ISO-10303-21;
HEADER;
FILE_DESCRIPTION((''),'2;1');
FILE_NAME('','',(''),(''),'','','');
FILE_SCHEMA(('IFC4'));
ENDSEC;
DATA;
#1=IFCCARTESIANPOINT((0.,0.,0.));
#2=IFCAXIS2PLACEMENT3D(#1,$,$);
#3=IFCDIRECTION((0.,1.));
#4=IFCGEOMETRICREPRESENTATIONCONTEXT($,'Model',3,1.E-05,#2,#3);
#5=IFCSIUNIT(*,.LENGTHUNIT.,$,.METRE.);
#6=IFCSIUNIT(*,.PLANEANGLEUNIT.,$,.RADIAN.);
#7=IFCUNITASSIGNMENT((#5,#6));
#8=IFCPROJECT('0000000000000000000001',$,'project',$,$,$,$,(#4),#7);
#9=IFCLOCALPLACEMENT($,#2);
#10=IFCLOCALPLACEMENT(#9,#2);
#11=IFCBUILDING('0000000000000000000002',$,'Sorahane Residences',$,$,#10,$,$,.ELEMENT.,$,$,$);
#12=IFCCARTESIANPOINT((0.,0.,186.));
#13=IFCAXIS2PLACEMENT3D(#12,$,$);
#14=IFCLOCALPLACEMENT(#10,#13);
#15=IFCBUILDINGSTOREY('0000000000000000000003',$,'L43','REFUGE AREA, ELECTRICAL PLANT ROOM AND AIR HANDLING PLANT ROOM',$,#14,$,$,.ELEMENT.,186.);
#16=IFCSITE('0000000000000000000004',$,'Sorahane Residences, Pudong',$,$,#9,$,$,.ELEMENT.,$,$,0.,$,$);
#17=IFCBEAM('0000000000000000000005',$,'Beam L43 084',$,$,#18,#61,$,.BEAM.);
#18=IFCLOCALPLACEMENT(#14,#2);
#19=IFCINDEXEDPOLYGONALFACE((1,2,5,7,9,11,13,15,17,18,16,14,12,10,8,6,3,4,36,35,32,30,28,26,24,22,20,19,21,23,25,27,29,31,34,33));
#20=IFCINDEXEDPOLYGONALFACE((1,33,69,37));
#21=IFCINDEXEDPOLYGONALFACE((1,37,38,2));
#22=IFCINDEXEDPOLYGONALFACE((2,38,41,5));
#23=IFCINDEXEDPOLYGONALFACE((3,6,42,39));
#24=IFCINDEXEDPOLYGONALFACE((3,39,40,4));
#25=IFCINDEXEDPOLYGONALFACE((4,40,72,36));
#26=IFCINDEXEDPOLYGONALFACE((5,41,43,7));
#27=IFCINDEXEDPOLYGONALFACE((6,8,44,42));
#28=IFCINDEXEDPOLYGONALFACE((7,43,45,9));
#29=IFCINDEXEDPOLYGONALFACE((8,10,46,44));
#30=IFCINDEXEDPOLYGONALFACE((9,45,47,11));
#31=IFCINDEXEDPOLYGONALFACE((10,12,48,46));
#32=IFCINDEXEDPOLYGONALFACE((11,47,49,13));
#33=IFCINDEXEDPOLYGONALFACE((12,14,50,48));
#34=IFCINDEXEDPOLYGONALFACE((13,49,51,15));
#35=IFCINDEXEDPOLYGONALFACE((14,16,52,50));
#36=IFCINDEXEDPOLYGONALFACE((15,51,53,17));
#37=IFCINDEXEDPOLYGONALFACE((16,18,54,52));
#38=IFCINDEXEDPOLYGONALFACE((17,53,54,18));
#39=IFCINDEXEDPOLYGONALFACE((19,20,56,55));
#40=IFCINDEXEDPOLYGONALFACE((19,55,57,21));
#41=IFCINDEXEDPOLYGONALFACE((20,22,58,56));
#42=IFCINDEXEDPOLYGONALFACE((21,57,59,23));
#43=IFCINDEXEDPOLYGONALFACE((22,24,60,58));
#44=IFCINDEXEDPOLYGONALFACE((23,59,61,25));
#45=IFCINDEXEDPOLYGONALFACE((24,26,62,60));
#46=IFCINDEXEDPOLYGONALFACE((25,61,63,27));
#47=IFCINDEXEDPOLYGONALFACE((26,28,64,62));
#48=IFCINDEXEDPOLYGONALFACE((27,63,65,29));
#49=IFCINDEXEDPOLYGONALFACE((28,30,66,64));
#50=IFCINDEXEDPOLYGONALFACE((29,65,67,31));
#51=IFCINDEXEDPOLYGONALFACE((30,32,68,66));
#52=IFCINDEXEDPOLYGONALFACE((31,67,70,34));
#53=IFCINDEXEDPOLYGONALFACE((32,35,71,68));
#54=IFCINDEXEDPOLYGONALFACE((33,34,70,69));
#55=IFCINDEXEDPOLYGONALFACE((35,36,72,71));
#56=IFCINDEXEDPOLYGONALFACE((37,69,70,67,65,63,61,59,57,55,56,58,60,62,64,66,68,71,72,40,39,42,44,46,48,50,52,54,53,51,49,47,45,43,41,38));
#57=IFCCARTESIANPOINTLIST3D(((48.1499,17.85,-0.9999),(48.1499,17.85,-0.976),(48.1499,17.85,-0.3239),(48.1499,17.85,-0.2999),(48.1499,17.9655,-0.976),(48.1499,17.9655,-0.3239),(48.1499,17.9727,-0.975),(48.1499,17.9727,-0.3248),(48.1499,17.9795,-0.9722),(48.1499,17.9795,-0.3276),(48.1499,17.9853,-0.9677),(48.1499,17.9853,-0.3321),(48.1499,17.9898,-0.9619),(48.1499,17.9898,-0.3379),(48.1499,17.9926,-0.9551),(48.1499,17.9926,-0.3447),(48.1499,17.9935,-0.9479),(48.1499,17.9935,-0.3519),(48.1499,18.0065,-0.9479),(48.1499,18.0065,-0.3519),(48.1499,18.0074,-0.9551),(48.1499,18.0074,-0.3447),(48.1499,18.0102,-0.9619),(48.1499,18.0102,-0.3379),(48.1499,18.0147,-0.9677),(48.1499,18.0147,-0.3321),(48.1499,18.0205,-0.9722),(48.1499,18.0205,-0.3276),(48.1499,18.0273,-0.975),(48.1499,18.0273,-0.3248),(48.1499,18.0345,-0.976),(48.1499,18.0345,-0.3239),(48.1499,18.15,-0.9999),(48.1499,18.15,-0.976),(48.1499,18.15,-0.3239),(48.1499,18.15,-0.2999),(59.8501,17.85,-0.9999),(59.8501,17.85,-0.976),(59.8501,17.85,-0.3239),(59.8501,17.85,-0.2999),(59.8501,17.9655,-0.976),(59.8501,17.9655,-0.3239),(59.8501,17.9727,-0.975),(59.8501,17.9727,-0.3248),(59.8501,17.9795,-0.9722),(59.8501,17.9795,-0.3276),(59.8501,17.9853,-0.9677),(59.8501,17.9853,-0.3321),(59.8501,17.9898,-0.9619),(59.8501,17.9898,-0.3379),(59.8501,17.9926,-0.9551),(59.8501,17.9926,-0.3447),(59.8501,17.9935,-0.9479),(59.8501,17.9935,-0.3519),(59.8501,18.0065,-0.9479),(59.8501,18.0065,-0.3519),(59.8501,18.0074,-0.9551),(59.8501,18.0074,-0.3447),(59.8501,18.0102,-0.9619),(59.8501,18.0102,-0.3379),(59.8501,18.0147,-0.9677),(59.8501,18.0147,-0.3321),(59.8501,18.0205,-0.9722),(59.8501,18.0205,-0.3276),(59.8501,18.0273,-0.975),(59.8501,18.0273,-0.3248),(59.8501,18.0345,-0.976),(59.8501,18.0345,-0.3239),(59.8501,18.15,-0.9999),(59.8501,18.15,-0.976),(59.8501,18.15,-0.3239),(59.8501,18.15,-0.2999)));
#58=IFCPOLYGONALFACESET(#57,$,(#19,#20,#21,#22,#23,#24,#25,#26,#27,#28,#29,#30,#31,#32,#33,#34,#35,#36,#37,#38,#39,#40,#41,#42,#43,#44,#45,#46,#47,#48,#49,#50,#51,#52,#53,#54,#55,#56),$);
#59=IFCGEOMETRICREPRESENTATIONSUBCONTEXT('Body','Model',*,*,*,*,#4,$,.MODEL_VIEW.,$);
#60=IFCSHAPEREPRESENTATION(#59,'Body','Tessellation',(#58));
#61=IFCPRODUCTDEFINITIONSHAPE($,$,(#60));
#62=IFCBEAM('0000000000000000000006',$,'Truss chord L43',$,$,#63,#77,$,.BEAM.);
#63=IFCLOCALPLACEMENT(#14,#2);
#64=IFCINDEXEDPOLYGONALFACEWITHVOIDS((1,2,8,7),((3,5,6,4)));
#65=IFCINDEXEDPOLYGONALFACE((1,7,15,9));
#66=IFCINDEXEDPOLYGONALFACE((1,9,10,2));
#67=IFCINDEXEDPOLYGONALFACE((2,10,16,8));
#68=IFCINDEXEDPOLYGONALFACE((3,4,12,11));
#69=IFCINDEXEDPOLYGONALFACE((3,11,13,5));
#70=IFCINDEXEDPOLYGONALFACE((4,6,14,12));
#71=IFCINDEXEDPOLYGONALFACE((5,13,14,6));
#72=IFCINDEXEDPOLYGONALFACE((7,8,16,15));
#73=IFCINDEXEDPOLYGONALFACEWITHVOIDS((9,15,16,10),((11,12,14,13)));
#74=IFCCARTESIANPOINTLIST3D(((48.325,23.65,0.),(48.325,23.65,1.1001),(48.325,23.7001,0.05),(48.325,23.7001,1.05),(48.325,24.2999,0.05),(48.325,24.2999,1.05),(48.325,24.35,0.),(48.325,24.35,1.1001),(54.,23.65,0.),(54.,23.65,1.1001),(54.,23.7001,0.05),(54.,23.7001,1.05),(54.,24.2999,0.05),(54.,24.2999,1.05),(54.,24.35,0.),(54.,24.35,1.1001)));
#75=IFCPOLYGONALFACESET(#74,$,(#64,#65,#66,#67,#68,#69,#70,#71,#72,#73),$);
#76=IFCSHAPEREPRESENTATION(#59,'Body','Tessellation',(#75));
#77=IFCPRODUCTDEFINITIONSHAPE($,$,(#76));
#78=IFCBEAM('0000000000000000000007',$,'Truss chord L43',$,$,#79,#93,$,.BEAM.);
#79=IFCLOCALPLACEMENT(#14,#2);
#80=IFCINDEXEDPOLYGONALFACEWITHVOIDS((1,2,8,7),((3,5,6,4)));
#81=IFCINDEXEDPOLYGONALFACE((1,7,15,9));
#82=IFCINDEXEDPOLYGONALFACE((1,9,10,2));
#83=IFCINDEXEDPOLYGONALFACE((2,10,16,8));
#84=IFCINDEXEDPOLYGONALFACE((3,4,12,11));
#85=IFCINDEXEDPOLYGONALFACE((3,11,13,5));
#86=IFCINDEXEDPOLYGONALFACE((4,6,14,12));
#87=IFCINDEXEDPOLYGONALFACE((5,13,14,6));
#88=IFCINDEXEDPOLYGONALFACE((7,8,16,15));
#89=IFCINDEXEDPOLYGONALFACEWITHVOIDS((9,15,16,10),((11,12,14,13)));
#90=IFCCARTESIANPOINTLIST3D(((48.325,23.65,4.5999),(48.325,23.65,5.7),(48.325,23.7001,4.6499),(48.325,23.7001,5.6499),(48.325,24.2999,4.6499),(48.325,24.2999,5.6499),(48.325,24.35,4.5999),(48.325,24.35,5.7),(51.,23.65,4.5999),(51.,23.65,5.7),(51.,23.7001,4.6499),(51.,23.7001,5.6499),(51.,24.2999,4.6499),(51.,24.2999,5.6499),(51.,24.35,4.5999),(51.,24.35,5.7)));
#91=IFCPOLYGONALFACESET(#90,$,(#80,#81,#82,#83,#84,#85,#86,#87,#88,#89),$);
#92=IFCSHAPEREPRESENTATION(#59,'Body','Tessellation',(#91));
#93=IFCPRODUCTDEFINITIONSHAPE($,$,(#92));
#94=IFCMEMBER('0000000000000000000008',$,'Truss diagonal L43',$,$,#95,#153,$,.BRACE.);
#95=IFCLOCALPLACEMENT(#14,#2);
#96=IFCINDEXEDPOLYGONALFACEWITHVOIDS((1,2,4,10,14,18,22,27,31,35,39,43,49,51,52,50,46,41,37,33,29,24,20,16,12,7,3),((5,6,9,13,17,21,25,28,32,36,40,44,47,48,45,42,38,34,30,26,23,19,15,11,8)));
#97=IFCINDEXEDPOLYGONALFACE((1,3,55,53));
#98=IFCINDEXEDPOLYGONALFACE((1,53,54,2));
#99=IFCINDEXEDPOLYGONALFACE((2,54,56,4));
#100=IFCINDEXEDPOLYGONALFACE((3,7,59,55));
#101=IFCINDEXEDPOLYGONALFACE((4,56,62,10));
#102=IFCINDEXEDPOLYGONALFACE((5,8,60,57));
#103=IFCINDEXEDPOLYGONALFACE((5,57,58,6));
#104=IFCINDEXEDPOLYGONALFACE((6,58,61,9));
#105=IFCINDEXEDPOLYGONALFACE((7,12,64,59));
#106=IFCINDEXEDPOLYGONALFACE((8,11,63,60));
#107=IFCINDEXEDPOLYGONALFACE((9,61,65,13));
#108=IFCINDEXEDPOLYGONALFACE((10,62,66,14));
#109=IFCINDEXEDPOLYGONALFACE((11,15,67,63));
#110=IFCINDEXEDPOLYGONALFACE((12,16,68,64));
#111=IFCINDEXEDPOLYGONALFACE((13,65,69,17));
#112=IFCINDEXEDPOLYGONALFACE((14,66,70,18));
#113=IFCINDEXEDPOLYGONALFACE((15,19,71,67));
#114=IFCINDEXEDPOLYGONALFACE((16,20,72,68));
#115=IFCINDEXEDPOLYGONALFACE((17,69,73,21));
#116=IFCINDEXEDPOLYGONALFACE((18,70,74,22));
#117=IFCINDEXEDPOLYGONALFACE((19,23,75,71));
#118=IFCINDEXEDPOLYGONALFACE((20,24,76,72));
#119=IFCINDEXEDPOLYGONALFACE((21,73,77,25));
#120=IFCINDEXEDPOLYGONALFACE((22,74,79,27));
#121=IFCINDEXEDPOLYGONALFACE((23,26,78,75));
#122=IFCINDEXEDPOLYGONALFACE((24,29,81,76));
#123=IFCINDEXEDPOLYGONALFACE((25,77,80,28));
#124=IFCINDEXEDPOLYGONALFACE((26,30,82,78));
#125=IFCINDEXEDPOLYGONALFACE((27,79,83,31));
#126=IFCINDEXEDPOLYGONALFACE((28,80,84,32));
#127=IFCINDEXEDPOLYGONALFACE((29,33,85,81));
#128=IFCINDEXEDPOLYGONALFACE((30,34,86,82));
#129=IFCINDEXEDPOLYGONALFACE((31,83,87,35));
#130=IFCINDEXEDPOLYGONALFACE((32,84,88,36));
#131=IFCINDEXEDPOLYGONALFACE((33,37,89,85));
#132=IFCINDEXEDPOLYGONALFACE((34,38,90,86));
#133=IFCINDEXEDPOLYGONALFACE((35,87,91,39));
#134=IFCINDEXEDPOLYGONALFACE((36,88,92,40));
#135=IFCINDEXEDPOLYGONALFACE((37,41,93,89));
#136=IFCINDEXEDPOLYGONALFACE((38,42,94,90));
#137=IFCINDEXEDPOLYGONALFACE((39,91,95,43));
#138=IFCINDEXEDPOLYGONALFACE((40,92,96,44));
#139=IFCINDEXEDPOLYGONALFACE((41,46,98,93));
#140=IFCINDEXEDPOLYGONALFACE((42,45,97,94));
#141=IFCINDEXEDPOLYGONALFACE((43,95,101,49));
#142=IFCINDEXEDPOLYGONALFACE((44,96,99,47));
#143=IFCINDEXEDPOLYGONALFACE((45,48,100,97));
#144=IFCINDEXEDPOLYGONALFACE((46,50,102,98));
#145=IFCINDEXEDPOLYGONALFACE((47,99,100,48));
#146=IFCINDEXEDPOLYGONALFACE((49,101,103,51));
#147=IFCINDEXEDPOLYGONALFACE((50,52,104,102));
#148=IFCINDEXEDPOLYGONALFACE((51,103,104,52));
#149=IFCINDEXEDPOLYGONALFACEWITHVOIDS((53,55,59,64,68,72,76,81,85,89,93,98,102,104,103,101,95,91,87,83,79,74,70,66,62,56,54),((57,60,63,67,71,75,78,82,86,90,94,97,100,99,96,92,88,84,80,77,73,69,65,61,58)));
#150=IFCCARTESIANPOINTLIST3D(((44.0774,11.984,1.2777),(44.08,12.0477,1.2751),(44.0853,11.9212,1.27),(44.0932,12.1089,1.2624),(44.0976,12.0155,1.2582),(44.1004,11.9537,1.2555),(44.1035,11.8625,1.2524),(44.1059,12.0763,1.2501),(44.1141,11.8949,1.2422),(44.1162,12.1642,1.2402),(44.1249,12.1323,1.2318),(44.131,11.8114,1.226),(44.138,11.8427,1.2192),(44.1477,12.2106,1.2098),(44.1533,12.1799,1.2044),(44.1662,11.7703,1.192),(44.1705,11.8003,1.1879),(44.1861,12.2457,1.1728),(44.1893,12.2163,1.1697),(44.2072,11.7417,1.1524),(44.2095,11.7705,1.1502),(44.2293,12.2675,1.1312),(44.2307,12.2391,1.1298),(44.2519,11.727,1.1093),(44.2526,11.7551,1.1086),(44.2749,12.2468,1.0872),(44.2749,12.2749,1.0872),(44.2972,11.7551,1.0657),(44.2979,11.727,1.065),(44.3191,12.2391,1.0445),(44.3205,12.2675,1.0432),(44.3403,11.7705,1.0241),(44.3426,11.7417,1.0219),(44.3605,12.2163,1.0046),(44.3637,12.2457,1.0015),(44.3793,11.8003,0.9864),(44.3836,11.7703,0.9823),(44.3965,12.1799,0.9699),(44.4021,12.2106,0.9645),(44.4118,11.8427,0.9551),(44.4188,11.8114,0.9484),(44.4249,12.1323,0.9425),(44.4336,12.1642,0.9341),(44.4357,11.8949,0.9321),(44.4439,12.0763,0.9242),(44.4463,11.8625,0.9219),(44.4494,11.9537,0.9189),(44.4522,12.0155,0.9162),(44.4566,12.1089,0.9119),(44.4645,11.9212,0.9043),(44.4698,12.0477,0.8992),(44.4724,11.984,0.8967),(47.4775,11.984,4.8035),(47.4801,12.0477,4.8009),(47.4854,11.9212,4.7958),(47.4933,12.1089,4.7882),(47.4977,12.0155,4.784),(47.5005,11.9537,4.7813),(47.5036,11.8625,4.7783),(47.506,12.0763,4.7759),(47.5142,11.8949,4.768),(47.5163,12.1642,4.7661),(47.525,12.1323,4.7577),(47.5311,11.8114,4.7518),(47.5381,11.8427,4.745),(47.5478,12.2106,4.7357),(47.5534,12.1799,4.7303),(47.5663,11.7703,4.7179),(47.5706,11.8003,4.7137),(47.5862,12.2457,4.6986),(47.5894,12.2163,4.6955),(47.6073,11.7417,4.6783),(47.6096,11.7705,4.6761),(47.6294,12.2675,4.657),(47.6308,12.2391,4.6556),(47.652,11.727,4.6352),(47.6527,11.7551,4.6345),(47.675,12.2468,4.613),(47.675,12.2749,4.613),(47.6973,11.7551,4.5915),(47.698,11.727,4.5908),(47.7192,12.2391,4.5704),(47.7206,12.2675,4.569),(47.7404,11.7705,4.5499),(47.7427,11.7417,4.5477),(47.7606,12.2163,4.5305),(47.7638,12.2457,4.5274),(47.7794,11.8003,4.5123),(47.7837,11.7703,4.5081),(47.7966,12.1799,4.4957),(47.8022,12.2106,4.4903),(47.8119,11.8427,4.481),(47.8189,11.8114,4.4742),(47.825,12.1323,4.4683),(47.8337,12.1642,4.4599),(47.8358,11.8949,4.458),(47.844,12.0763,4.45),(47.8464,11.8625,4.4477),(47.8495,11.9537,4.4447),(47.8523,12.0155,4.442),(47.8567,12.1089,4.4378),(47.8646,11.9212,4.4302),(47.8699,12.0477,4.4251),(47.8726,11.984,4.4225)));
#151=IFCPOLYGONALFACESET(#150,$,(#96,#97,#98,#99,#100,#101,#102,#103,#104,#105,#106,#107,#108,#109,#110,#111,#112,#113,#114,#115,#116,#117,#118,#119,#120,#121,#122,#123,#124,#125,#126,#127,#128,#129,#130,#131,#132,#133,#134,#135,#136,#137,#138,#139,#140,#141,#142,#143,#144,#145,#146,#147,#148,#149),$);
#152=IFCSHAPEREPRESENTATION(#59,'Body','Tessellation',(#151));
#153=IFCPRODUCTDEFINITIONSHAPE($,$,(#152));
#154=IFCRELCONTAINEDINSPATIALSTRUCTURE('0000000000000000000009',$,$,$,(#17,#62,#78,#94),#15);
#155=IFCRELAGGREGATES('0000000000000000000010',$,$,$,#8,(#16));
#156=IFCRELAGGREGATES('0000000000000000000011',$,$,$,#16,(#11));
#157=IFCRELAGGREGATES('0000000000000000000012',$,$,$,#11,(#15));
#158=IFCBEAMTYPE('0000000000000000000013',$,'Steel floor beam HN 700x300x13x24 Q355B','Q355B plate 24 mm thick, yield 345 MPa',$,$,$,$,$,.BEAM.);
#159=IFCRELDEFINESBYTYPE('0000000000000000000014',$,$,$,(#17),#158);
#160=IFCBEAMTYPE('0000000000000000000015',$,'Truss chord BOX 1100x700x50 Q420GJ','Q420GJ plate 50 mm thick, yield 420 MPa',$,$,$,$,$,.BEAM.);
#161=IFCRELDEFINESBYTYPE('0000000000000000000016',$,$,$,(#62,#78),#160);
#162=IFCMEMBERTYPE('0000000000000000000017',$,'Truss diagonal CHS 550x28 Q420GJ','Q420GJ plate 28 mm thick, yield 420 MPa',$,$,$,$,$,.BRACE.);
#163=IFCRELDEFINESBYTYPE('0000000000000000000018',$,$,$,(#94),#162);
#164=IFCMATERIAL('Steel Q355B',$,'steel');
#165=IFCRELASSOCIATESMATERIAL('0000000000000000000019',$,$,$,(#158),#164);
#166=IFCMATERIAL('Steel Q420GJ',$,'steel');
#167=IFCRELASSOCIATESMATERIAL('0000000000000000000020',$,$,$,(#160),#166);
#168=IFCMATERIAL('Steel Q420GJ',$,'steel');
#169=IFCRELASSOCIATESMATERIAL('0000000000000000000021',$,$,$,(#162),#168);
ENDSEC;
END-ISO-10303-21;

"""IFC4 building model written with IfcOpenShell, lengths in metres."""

from ifc_helpers import new_model, si_unit, direction, frame, origin, origin_2d, place, context, subcontext, project, spatial, hollow_rectangle, hollow_circle, i_section, extrude, material, material_profile, profile_set, type_object, element, save


model = new_model("IFC4")

# Units and contexts
model_context = context("Model", 3, precision=1e-05, world=origin(), true_north=direction((0.0, 1.0)))
body_context = subcontext(model_context, "Body", "Model", "MODEL_VIEW")
ifc_project = project(units=[si_unit("LENGTHUNIT", "METRE"), si_unit("PLANEANGLEUNIT", "RADIAN")], contexts=[model_context])

# Site, building, storey
site_placement = place(None, origin())
site = spatial("IfcSite", under=ifc_project, at=site_placement, Name="Sorahane Residences, Pudong", CompositionType="ELEMENT", RefElevation=0.0)
building_placement = place(site_placement, origin())
building = spatial("IfcBuilding", under=site, at=building_placement, Name="Sorahane Residences", CompositionType="ELEMENT")
storey_placement = place(building_placement, frame((0.0, 0.0, 186.0)))
storey = spatial("IfcBuildingStorey", under=building, at=storey_placement, Name="L43", Description="REFUGE AREA, ELECTRICAL PLANT ROOM AND AIR HANDLING PLANT ROOM", CompositionType="ELEMENT", Elevation=186.0)

# Beams
ifc_material_1 = material(Name="Steel Q355B", Category="steel")
ifc_material_profile_1 = material_profile(ifc_material_1, i_section(OverallWidth=0.3, OverallDepth=0.7, WebThickness=0.0129, FlangeThickness=0.0239, FilletRadius=0.0281, at=origin_2d()), Name="HN 700x300x13x24")
ifc_profile_set_1 = profile_set([ifc_material_profile_1], Name="Steel Q355B")
beam_type_1 = type_object("IfcBeamType", Name="Steel floor beam HN 700x300x13x24 Q355B", Description="Q355B plate 24 mm thick, yield 345 MPa", PredefinedType="BEAM", material=ifc_profile_set_1)
beam_1_placement = place(storey_placement, frame((48.1499, 18.0, -0.6499), z_axis=(1.0, 0.0, 0.0), x_axis=(0.0, 1.0, 0.0)))
element("IfcBeam", 1, at=beam_1_placement, inside=storey, type_object=beam_type_1, Name="Beam L43 084", PredefinedType="BEAM", context=body_context, shape_type="SweptSolid", body=[
    extrude(i_section(OverallWidth=0.3, OverallDepth=0.7, WebThickness=0.0129, FlangeThickness=0.0239, FilletRadius=0.0281, at=origin_2d()), origin(), (0.0, 0.0, 1.0), 11.7002),
])
ifc_material_2 = material(Name="Steel Q420GJ", Category="steel")
ifc_material_profile_2 = material_profile(ifc_material_2, hollow_rectangle(XDim=0.7, YDim=1.1001, WallThickness=0.05, at=origin_2d()), Name="BOX 1100x700x50")
ifc_profile_set_2 = profile_set([ifc_material_profile_2], Name="Steel Q420GJ")
beam_type_2 = type_object("IfcBeamType", Name="Truss chord BOX 1100x700x50 Q420GJ", Description="Q420GJ plate 50 mm thick, yield 420 MPa", PredefinedType="BEAM", material=ifc_profile_set_2)
beam_2_placement = place(storey_placement, frame((48.325, 24.0, 0.55), z_axis=(1.0, 0.0, 0.0), x_axis=(0.0, 1.0, 0.0)))
element("IfcBeam", 2, at=beam_2_placement, inside=storey, type_object=beam_type_2, Name="Truss chord L43", PredefinedType="BEAM", context=body_context, shape_type="SweptSolid", body=[
    extrude(hollow_rectangle(XDim=0.7, YDim=1.1001, WallThickness=0.05, at=origin_2d()), origin(), (0.0, 0.0, 1.0), 5.675),
])
beam_3_placement = place(storey_placement, frame((48.325, 24.0, 5.1499), z_axis=(1.0, 0.0, 0.0), x_axis=(0.0, 1.0, 0.0)))
element("IfcBeam", 3, at=beam_3_placement, inside=storey, type_object=beam_type_2, Name="Truss chord L43", PredefinedType="BEAM", context=body_context, shape_type="SweptSolid", body=[
    extrude(hollow_rectangle(XDim=0.7, YDim=1.1001, WallThickness=0.05, at=origin_2d()), origin(), (0.0, 0.0, 1.0), 2.675),
])

# Member
ifc_material_3 = material(Name="Steel Q420GJ", Category="steel")
ifc_material_profile_3 = material_profile(ifc_material_3, hollow_circle(Radius=0.2749, WallThickness=0.0281, at=origin_2d()), Name="CHS 550x28")
ifc_profile_set_3 = profile_set([ifc_material_profile_3], Name="Steel Q420GJ")
member_type = type_object("IfcMemberType", Name="Truss diagonal CHS 550x28 Q420GJ", Description="Q420GJ plate 28 mm thick, yield 420 MPa", PredefinedType="BRACE", material=ifc_profile_set_3)
member_placement = place(storey_placement, frame((44.2749, 12.0, 1.0872), z_axis=(0.694156, 0.0, 0.719825), x_axis=(0.0, 1.0, 0.0)))
element("IfcMember", 4, at=member_placement, inside=storey, type_object=member_type, Name="Truss diagonal L43", PredefinedType="BRACE", context=body_context, shape_type="SweptSolid", body=[
    extrude(hollow_circle(Radius=0.2749, WallThickness=0.0281, at=origin_2d()), origin(), (0.0, 0.0, 1.0), 4.8982),
])

save(model, "model.ifc")
